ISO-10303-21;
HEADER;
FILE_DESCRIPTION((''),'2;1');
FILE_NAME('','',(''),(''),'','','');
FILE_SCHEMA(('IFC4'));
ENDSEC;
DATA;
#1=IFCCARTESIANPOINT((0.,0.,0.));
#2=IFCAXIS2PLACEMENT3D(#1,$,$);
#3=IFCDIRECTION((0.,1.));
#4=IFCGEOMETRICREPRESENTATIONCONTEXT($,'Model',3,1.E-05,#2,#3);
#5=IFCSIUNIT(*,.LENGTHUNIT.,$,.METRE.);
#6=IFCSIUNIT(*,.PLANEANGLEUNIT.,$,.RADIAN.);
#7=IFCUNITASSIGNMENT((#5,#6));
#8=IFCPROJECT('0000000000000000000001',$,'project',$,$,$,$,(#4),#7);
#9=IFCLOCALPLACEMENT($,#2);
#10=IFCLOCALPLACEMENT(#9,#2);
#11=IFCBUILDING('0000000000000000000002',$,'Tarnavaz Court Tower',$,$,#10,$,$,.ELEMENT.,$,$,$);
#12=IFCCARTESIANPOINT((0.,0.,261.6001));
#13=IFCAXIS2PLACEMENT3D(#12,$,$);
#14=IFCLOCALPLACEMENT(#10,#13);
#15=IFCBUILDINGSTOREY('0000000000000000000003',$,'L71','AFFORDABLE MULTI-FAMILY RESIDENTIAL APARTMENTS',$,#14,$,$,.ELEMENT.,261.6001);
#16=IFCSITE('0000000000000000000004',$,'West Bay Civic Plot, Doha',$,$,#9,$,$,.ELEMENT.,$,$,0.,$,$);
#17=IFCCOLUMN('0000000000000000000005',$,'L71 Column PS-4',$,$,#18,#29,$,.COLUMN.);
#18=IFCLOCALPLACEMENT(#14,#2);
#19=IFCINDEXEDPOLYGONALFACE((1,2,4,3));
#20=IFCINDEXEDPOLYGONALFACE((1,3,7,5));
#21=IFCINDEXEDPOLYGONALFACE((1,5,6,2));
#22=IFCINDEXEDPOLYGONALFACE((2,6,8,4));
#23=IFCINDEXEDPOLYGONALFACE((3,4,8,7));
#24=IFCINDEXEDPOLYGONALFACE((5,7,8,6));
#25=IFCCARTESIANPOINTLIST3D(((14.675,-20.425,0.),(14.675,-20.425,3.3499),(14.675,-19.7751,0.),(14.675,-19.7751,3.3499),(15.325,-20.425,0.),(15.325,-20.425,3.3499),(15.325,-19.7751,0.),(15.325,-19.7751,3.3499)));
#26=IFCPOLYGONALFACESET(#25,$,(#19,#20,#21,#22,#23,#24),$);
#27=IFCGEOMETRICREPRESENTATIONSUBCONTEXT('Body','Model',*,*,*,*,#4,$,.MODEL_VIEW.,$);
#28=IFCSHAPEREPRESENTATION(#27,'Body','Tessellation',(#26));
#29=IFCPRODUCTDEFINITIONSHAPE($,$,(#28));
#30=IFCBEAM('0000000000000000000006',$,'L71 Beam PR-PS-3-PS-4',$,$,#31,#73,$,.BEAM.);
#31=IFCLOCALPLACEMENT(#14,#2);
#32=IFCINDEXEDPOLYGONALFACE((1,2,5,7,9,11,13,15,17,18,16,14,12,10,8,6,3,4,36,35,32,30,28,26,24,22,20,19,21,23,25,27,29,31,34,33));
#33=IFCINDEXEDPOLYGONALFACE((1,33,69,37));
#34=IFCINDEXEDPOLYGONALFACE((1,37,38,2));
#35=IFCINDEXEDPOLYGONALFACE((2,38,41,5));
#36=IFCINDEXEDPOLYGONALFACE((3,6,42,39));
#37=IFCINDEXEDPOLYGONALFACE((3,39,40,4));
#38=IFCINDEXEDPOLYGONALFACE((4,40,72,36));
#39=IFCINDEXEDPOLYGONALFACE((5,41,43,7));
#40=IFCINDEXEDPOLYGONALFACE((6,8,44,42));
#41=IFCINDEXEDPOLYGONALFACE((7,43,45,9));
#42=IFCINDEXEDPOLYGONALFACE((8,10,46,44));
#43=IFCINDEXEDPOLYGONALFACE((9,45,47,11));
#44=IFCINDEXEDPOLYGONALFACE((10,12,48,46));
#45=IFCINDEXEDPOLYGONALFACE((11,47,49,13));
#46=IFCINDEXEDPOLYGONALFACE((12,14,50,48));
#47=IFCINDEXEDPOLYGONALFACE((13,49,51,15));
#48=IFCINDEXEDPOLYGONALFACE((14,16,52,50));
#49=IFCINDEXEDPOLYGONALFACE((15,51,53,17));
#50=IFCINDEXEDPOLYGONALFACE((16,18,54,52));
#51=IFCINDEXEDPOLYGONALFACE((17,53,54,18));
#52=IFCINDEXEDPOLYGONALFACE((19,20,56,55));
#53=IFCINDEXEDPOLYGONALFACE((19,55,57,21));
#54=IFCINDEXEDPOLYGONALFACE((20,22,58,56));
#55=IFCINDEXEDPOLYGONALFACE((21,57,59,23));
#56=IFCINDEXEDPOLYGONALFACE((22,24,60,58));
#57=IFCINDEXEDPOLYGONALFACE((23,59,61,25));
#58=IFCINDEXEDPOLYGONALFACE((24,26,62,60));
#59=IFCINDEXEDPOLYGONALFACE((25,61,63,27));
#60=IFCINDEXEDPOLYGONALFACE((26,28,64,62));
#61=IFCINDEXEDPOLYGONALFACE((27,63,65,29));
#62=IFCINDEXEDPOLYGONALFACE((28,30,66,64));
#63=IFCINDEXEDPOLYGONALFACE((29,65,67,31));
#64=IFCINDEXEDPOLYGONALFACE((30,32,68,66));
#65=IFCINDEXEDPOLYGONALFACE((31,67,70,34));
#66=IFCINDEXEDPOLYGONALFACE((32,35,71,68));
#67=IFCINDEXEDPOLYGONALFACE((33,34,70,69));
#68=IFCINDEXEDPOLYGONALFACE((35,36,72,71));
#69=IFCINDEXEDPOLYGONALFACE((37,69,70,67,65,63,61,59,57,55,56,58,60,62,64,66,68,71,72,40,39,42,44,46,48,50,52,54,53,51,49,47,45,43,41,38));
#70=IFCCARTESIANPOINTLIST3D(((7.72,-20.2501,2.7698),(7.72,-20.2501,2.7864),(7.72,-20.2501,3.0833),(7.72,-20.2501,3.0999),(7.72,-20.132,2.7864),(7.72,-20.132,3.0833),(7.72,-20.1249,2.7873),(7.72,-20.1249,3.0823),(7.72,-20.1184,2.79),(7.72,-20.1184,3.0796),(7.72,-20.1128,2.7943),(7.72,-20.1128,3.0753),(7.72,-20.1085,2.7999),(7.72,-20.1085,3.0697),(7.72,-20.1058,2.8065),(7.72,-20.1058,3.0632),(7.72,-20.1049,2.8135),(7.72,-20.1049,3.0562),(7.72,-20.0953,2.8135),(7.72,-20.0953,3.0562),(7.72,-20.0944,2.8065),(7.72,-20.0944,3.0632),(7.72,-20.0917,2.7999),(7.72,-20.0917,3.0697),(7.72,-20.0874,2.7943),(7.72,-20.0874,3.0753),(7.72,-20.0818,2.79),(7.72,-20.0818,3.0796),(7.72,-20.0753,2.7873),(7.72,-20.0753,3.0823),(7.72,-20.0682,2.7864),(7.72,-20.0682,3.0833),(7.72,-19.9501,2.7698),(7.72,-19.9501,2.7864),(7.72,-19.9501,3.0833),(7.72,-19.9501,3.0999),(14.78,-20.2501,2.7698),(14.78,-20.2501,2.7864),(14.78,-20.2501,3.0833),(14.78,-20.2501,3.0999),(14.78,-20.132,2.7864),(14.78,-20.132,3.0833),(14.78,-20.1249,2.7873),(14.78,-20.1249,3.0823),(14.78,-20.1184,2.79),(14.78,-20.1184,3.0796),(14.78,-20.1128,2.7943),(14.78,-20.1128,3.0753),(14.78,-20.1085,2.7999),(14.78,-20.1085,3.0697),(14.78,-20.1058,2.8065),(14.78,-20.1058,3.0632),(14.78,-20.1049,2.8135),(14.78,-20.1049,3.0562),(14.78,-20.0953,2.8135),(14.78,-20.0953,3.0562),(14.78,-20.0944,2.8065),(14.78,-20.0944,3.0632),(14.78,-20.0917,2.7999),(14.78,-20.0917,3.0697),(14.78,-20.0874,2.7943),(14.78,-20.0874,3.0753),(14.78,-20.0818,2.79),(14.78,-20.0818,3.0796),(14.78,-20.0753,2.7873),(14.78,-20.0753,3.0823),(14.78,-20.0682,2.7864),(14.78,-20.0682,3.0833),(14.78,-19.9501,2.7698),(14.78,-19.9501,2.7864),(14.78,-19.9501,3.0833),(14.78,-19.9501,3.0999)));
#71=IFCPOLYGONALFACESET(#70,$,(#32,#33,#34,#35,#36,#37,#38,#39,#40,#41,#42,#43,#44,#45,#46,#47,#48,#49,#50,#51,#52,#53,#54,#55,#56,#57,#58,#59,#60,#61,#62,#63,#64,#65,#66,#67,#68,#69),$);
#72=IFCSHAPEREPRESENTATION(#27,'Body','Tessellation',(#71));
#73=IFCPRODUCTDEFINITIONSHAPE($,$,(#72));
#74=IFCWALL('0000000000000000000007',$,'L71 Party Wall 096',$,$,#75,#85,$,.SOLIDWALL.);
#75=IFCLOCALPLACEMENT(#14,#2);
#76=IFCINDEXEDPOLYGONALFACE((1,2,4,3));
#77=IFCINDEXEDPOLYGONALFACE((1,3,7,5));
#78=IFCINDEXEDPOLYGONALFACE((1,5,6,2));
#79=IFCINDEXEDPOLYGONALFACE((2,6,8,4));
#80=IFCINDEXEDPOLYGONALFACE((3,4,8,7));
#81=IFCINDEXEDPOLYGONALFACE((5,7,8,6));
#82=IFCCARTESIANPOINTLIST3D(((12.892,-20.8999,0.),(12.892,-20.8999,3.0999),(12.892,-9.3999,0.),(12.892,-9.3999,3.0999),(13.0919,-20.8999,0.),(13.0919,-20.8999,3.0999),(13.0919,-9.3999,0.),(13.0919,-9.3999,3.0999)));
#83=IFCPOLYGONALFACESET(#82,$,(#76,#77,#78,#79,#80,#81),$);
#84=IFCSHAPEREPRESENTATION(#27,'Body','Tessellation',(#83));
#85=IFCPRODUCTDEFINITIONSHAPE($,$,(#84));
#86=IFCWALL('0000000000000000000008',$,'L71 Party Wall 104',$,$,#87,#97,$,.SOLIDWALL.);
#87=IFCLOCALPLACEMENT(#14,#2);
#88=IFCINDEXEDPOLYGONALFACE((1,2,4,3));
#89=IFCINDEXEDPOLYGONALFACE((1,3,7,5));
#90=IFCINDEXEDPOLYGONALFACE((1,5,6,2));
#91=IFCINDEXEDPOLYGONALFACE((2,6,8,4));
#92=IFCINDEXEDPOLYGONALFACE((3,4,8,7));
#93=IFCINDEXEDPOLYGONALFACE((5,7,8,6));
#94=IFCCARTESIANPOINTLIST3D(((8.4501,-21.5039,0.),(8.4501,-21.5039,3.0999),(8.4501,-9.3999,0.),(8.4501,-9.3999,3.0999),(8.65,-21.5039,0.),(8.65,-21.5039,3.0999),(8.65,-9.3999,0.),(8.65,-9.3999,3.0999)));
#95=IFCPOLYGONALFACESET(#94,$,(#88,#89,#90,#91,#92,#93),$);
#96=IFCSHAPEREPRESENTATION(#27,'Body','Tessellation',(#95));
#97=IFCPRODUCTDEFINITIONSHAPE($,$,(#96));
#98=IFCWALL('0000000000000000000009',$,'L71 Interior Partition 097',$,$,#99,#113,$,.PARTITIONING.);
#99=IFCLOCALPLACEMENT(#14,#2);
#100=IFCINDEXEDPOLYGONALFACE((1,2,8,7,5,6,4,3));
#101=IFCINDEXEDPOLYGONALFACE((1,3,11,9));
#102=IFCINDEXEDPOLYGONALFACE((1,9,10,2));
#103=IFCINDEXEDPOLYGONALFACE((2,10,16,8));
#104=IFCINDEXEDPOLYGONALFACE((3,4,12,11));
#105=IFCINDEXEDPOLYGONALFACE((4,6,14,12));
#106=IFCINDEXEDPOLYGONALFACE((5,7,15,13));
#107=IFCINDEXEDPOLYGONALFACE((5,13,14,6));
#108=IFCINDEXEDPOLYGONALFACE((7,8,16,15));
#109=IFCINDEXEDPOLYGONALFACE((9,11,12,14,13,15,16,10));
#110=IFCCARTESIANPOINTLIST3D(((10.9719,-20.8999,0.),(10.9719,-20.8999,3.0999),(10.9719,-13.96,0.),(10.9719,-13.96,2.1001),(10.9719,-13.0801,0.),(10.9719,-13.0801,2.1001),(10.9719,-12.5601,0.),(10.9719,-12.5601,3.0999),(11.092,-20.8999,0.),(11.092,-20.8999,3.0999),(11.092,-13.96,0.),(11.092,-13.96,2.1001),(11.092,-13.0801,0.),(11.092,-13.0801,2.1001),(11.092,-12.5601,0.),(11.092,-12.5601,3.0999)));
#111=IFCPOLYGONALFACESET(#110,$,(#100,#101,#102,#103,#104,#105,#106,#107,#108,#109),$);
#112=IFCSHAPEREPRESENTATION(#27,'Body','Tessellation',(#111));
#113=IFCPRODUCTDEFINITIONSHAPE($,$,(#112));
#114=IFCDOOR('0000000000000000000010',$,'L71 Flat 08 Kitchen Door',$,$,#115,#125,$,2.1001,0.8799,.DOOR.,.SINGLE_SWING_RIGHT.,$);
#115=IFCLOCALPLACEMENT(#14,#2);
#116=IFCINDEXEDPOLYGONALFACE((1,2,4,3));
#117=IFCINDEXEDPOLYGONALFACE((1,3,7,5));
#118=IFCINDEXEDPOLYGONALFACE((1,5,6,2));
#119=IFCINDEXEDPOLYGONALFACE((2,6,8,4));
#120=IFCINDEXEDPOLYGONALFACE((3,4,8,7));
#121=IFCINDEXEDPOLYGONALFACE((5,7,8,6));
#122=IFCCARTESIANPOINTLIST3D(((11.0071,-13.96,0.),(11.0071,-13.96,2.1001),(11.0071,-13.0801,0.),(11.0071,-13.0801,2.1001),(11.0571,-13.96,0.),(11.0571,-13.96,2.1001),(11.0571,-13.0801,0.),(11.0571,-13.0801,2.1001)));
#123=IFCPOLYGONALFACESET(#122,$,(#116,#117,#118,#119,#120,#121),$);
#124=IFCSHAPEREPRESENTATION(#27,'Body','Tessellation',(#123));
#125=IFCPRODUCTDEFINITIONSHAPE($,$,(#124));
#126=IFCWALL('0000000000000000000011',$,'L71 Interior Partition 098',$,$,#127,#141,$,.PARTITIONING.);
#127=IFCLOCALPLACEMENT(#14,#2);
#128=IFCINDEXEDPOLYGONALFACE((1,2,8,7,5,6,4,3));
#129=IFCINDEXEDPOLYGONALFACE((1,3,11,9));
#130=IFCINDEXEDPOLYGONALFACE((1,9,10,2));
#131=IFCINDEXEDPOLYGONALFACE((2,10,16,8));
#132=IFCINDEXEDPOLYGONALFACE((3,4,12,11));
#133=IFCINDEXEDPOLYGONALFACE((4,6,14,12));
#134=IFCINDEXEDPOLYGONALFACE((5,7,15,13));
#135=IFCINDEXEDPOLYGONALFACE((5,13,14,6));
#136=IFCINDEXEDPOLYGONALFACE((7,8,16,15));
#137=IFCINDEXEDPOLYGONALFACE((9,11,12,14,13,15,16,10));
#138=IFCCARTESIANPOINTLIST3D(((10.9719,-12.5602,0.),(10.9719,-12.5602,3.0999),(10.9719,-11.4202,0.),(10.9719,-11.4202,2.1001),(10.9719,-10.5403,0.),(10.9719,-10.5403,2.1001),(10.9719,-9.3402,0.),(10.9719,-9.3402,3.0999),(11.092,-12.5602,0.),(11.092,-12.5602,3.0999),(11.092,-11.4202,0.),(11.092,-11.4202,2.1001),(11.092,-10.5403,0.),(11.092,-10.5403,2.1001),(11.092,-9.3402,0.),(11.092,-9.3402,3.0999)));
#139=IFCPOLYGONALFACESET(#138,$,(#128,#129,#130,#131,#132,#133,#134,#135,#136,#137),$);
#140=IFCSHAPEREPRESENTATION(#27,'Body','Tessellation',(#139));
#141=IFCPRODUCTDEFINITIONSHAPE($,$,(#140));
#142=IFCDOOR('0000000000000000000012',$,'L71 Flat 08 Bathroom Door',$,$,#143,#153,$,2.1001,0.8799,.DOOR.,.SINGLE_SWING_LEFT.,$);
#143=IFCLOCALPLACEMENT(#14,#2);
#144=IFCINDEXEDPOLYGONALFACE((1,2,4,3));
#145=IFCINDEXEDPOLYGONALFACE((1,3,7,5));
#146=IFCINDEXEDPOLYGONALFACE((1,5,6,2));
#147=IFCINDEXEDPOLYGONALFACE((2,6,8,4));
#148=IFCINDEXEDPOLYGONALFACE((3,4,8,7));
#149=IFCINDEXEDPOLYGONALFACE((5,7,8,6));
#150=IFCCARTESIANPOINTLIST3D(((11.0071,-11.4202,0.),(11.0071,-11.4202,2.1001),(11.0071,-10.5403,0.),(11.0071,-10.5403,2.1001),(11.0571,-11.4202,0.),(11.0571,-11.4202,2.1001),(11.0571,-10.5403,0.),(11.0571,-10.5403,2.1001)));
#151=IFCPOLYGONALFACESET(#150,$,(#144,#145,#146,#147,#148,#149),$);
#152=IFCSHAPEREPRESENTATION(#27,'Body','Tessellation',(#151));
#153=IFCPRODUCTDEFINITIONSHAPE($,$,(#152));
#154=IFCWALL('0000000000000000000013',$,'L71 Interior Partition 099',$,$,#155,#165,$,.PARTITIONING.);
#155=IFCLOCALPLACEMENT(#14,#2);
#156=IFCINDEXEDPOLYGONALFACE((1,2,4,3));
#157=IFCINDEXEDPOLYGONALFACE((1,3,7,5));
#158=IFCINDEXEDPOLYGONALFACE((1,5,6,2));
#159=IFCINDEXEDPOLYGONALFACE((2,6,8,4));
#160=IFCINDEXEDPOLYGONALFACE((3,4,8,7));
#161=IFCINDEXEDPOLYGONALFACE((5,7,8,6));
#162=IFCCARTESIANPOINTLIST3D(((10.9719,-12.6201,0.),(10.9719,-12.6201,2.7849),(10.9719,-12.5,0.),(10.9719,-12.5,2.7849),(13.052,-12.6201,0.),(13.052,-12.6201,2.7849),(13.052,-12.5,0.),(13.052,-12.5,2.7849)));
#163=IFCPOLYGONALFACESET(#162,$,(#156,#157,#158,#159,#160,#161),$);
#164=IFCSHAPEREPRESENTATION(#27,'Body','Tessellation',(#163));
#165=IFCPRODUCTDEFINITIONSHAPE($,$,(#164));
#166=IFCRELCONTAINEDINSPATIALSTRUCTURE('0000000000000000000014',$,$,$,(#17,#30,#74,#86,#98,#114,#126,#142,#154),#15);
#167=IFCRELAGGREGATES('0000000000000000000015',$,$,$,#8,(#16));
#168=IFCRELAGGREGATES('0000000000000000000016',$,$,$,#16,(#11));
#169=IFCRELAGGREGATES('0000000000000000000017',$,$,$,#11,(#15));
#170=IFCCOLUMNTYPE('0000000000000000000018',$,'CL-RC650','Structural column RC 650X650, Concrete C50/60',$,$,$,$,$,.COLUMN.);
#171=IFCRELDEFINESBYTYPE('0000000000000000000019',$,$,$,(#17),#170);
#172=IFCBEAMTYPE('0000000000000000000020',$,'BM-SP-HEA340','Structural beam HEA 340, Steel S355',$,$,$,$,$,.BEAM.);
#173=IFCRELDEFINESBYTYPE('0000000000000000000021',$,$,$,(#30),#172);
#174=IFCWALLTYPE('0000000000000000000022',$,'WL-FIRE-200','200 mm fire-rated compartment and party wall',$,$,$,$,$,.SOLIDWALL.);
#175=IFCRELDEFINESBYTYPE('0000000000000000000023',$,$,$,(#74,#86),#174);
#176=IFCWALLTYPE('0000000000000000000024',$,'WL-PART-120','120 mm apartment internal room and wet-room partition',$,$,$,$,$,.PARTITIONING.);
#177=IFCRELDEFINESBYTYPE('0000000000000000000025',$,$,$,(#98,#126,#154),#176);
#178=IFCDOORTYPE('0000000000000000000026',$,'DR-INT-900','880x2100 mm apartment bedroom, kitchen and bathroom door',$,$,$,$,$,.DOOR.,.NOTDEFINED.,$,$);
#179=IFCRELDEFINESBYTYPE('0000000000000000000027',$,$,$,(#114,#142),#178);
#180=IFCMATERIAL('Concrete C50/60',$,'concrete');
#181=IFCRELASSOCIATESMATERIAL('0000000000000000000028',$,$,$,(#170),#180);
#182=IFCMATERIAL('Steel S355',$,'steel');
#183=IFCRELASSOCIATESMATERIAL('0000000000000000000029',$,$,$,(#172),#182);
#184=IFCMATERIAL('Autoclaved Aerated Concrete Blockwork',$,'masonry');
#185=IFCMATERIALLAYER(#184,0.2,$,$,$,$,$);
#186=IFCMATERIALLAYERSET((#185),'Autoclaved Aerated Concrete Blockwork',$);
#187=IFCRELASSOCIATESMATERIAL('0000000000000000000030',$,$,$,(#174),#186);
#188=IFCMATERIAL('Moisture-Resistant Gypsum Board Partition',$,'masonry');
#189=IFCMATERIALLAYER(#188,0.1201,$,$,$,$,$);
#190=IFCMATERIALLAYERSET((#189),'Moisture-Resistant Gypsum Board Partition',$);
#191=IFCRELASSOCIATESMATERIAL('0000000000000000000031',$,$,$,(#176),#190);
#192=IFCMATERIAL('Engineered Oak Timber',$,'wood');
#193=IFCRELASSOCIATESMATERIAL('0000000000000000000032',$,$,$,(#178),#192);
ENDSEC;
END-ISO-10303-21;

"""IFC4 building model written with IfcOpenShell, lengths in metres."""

from ifc_helpers import new_model, si_unit, direction, frame, frame_2d, origin, origin_2d, place, context, subcontext, project, spatial, rectangle, i_section, extrude, material, layer, layer_set, material_profile, profile_set, type_object, element, fill, save


model = new_model("IFC4")

# Units and contexts
model_context = context("Model", 3, precision=1e-05, world=origin(), true_north=direction((0.0, 1.0)))
body_context = subcontext(model_context, "Body", "Model", "MODEL_VIEW")
ifc_project = project(units=[si_unit("LENGTHUNIT", "METRE"), si_unit("PLANEANGLEUNIT", "RADIAN")], contexts=[model_context])

# Site, building, storey
site_placement = place(None, origin())
site = spatial("IfcSite", under=ifc_project, at=site_placement, Name="West Bay Civic Plot, Doha", CompositionType="ELEMENT", RefElevation=0.0)
building_placement = place(site_placement, origin())
building = spatial("IfcBuilding", under=site, at=building_placement, Name="Tarnavaz Court Tower", CompositionType="ELEMENT")
storey_placement = place(building_placement, frame((0.0, 0.0, 261.6001)))
storey = spatial("IfcBuildingStorey", under=building, at=storey_placement, Name="L71", Description="AFFORDABLE MULTI-FAMILY RESIDENTIAL APARTMENTS", CompositionType="ELEMENT", Elevation=261.6001)

# Column
ifc_material_1 = material(Name="Concrete C50/60", Category="concrete")
ifc_material_profile_1 = material_profile(ifc_material_1, rectangle(XDim=0.6499, YDim=0.6499, at=origin_2d()), Name="RC 650X650")
ifc_profile_set_1 = profile_set([ifc_material_profile_1], Name="Concrete C50/60")
column_type = type_object("IfcColumnType", Name="CL-RC650", Description="Structural column RC 650X650, Concrete C50/60", PredefinedType="COLUMN", material=ifc_profile_set_1)
column_placement = place(storey_placement, frame((15.0, -20.1001, 0.0), z_axis=(0.0, 0.0, 1.0), x_axis=(1.0, 0.0, 0.0)))
element("IfcColumn", 1, at=column_placement, inside=storey, type_object=column_type, Name="L71 Column PS-4", PredefinedType="COLUMN", context=body_context, shape_type="SweptSolid", body=[
    extrude(rectangle(XDim=0.6499, YDim=0.6499, at=origin_2d()), origin(), (0.0, 0.0, 1.0), 3.3499),
])

# Beam
ifc_material_2 = material(Name="Steel S355", Category="steel")
ifc_material_profile_2 = material_profile(ifc_material_2, i_section(OverallWidth=0.3, OverallDepth=0.3301, WebThickness=0.0095, FlangeThickness=0.0166, FilletRadius=0.0271, at=origin_2d()), Name="HEA 340")
ifc_profile_set_2 = profile_set([ifc_material_profile_2], Name="Steel S355")
beam_type = type_object("IfcBeamType", Name="BM-SP-HEA340", Description="Structural beam HEA 340, Steel S355", PredefinedType="BEAM", material=ifc_profile_set_2)
beam_placement = place(storey_placement, frame((7.72, -20.1001, 2.9348), z_axis=(1.0, 0.0, 0.0), x_axis=(0.0, 1.0, 0.0)))
element("IfcBeam", 2, at=beam_placement, inside=storey, type_object=beam_type, Name="L71 Beam PR-PS-3-PS-4", PredefinedType="BEAM", context=body_context, shape_type="SweptSolid", body=[
    extrude(i_section(OverallWidth=0.3, OverallDepth=0.3301, WebThickness=0.0095, FlangeThickness=0.0166, FilletRadius=0.0271, at=origin_2d()), origin(), (0.0, 0.0, 1.0), 7.0601),
])

# Walls
ifc_material_3 = material(Name="Autoclaved Aerated Concrete Blockwork", Category="masonry")
ifc_layer_1 = layer(ifc_material_3, 0.2)
ifc_layer_set_1 = layer_set([ifc_layer_1], Name="Autoclaved Aerated Concrete Blockwork")
wall_type_1 = type_object("IfcWallType", Name="WL-FIRE-200", Description="200 mm fire-rated compartment and party wall", PredefinedType="SOLIDWALL", material=ifc_layer_set_1)
wall_1_placement = place(storey_placement, frame((12.9919, -20.8999, 0.0), z_axis=(0.0, 0.0, 1.0), x_axis=(0.0, 1.0, 0.0)))
element("IfcWall", 3, at=wall_1_placement, inside=storey, type_object=wall_type_1, Name="L71 Party Wall 096", PredefinedType="SOLIDWALL", context=body_context, shape_type="SweptSolid", body=[
    extrude(rectangle(XDim=11.5, YDim=0.2, at=frame_2d((5.75, 0.0))), origin(), (0.0, 0.0, 1.0), 3.0999),
])
wall_2_placement = place(storey_placement, frame((8.55, -21.5039, 0.0), z_axis=(0.0, 0.0, 1.0), x_axis=(0.0, 1.0, 0.0)))
element("IfcWall", 4, at=wall_2_placement, inside=storey, type_object=wall_type_1, Name="L71 Party Wall 104", PredefinedType="SOLIDWALL", context=body_context, shape_type="SweptSolid", body=[
    extrude(rectangle(XDim=12.104, YDim=0.2, at=frame_2d((6.052, 0.0))), origin(), (0.0, 0.0, 1.0), 3.0999),
])

# Walls, openings, doors
ifc_material_4 = material(Name="Moisture-Resistant Gypsum Board Partition", Category="masonry")
ifc_layer_2 = layer(ifc_material_4, 0.1201)
ifc_layer_set_2 = layer_set([ifc_layer_2], Name="Moisture-Resistant Gypsum Board Partition")
wall_type_2 = type_object("IfcWallType", Name="WL-PART-120", Description="120 mm apartment internal room and wet-room partition", PredefinedType="PARTITIONING", material=ifc_layer_set_2)
wall_3_placement = place(storey_placement, frame((11.032, -20.8999, 0.0), z_axis=(0.0, 0.0, 1.0), x_axis=(0.0, 1.0, 0.0)))
wall_3 = element("IfcWall", 5, at=wall_3_placement, inside=storey, type_object=wall_type_2, Name="L71 Interior Partition 097", PredefinedType="PARTITIONING", context=body_context, shape_type="SweptSolid", body=[
    extrude(rectangle(XDim=8.3398, YDim=0.1201, at=frame_2d((4.1699, 0.0))), origin(), (0.0, 0.0, 1.0), 3.0999),
])
opening_1_placement = place(wall_3_placement, frame((6.9399, 0.0, 0.0)))
opening_1 = element("IfcOpeningElement", 6, at=opening_1_placement, cuts=wall_3, PredefinedType="OPENING", context=body_context, shape_type="SweptSolid", body=[
    extrude(rectangle(XDim=0.8799, YDim=2.1001, at=frame_2d((0.4399, 1.05))), frame((0.0, 0.0701, 0.0), z_axis=(0.0, -1.0, 0.0), x_axis=(1.0, 0.0, 0.0)), (0.0, 0.0, 1.0), 0.1401),
])
ifc_material_5 = material(Name="Engineered Oak Timber", Category="wood")
door_type = type_object("IfcDoorType", Name="DR-INT-900", Description="880x2100 mm apartment bedroom, kitchen and bathroom door", OperationType="NOTDEFINED", PredefinedType="DOOR", material=ifc_material_5)
door_1_placement = place(opening_1_placement, origin())
door_1 = element("IfcDoor", 7, at=door_1_placement, inside=storey, type_object=door_type, Name="L71 Flat 08 Kitchen Door", OperationType="SINGLE_SWING_RIGHT", OverallHeight=2.1001, OverallWidth=0.8799, PredefinedType="DOOR", context=body_context, shape_type="SweptSolid", body=[
    extrude(rectangle(XDim=0.8799, YDim=2.1001, at=frame_2d((0.4399, 1.05))), frame((0.0, 0.0249, 0.0), z_axis=(0.0, -1.0, 0.0), x_axis=(1.0, 0.0, 0.0)), (0.0, 0.0, 1.0), 0.05),
])
fill(opening_1, door_1)
wall_4_placement = place(storey_placement, frame((11.032, -12.5601, 0.0), z_axis=(0.0, 0.0, 1.0), x_axis=(0.0, 1.0, 0.0)))
wall_4 = element("IfcWall", 8, at=wall_4_placement, inside=storey, type_object=wall_type_2, Name="L71 Interior Partition 098", PredefinedType="PARTITIONING", context=body_context, shape_type="SweptSolid", body=[
    extrude(rectangle(XDim=3.22, YDim=0.1201, at=frame_2d((1.6099, 0.0))), origin(), (0.0, 0.0, 1.0), 3.0999),
])
opening_2_placement = place(wall_4_placement, frame((1.1399, 0.0, 0.0)))
opening_2 = element("IfcOpeningElement", 9, at=opening_2_placement, cuts=wall_4, PredefinedType="OPENING", context=body_context, shape_type="SweptSolid", body=[
    extrude(rectangle(XDim=0.8799, YDim=2.1001, at=frame_2d((0.4399, 1.05))), frame((0.0, 0.0701, 0.0), z_axis=(0.0, -1.0, 0.0), x_axis=(1.0, 0.0, 0.0)), (0.0, 0.0, 1.0), 0.1401),
])
door_2_placement = place(opening_2_placement, origin())
door_2 = element("IfcDoor", 10, at=door_2_placement, inside=storey, type_object=door_type, Name="L71 Flat 08 Bathroom Door", OperationType="SINGLE_SWING_LEFT", OverallHeight=2.1001, OverallWidth=0.8799, PredefinedType="DOOR", context=body_context, shape_type="SweptSolid", body=[
    extrude(rectangle(XDim=0.8799, YDim=2.1001, at=frame_2d((0.4399, 1.05))), frame((0.0, 0.0249, 0.0), z_axis=(0.0, -1.0, 0.0), x_axis=(1.0, 0.0, 0.0)), (0.0, 0.0, 1.0), 0.05),
])
fill(opening_2, door_2)

# Wall
wall_5_placement = place(storey_placement, frame((10.9719, -12.5601, 0.0), z_axis=(0.0, 0.0, 1.0), x_axis=(1.0, 0.0, 0.0)))
element("IfcWall", 11, at=wall_5_placement, inside=storey, type_object=wall_type_2, Name="L71 Interior Partition 099", PredefinedType="PARTITIONING", context=body_context, shape_type="SweptSolid", body=[
    extrude(rectangle(XDim=2.0801, YDim=0.1201, at=frame_2d((1.04, 0.0))), origin(), (0.0, 0.0, 1.0), 2.7849),
])

save(model, "model.ifc")
